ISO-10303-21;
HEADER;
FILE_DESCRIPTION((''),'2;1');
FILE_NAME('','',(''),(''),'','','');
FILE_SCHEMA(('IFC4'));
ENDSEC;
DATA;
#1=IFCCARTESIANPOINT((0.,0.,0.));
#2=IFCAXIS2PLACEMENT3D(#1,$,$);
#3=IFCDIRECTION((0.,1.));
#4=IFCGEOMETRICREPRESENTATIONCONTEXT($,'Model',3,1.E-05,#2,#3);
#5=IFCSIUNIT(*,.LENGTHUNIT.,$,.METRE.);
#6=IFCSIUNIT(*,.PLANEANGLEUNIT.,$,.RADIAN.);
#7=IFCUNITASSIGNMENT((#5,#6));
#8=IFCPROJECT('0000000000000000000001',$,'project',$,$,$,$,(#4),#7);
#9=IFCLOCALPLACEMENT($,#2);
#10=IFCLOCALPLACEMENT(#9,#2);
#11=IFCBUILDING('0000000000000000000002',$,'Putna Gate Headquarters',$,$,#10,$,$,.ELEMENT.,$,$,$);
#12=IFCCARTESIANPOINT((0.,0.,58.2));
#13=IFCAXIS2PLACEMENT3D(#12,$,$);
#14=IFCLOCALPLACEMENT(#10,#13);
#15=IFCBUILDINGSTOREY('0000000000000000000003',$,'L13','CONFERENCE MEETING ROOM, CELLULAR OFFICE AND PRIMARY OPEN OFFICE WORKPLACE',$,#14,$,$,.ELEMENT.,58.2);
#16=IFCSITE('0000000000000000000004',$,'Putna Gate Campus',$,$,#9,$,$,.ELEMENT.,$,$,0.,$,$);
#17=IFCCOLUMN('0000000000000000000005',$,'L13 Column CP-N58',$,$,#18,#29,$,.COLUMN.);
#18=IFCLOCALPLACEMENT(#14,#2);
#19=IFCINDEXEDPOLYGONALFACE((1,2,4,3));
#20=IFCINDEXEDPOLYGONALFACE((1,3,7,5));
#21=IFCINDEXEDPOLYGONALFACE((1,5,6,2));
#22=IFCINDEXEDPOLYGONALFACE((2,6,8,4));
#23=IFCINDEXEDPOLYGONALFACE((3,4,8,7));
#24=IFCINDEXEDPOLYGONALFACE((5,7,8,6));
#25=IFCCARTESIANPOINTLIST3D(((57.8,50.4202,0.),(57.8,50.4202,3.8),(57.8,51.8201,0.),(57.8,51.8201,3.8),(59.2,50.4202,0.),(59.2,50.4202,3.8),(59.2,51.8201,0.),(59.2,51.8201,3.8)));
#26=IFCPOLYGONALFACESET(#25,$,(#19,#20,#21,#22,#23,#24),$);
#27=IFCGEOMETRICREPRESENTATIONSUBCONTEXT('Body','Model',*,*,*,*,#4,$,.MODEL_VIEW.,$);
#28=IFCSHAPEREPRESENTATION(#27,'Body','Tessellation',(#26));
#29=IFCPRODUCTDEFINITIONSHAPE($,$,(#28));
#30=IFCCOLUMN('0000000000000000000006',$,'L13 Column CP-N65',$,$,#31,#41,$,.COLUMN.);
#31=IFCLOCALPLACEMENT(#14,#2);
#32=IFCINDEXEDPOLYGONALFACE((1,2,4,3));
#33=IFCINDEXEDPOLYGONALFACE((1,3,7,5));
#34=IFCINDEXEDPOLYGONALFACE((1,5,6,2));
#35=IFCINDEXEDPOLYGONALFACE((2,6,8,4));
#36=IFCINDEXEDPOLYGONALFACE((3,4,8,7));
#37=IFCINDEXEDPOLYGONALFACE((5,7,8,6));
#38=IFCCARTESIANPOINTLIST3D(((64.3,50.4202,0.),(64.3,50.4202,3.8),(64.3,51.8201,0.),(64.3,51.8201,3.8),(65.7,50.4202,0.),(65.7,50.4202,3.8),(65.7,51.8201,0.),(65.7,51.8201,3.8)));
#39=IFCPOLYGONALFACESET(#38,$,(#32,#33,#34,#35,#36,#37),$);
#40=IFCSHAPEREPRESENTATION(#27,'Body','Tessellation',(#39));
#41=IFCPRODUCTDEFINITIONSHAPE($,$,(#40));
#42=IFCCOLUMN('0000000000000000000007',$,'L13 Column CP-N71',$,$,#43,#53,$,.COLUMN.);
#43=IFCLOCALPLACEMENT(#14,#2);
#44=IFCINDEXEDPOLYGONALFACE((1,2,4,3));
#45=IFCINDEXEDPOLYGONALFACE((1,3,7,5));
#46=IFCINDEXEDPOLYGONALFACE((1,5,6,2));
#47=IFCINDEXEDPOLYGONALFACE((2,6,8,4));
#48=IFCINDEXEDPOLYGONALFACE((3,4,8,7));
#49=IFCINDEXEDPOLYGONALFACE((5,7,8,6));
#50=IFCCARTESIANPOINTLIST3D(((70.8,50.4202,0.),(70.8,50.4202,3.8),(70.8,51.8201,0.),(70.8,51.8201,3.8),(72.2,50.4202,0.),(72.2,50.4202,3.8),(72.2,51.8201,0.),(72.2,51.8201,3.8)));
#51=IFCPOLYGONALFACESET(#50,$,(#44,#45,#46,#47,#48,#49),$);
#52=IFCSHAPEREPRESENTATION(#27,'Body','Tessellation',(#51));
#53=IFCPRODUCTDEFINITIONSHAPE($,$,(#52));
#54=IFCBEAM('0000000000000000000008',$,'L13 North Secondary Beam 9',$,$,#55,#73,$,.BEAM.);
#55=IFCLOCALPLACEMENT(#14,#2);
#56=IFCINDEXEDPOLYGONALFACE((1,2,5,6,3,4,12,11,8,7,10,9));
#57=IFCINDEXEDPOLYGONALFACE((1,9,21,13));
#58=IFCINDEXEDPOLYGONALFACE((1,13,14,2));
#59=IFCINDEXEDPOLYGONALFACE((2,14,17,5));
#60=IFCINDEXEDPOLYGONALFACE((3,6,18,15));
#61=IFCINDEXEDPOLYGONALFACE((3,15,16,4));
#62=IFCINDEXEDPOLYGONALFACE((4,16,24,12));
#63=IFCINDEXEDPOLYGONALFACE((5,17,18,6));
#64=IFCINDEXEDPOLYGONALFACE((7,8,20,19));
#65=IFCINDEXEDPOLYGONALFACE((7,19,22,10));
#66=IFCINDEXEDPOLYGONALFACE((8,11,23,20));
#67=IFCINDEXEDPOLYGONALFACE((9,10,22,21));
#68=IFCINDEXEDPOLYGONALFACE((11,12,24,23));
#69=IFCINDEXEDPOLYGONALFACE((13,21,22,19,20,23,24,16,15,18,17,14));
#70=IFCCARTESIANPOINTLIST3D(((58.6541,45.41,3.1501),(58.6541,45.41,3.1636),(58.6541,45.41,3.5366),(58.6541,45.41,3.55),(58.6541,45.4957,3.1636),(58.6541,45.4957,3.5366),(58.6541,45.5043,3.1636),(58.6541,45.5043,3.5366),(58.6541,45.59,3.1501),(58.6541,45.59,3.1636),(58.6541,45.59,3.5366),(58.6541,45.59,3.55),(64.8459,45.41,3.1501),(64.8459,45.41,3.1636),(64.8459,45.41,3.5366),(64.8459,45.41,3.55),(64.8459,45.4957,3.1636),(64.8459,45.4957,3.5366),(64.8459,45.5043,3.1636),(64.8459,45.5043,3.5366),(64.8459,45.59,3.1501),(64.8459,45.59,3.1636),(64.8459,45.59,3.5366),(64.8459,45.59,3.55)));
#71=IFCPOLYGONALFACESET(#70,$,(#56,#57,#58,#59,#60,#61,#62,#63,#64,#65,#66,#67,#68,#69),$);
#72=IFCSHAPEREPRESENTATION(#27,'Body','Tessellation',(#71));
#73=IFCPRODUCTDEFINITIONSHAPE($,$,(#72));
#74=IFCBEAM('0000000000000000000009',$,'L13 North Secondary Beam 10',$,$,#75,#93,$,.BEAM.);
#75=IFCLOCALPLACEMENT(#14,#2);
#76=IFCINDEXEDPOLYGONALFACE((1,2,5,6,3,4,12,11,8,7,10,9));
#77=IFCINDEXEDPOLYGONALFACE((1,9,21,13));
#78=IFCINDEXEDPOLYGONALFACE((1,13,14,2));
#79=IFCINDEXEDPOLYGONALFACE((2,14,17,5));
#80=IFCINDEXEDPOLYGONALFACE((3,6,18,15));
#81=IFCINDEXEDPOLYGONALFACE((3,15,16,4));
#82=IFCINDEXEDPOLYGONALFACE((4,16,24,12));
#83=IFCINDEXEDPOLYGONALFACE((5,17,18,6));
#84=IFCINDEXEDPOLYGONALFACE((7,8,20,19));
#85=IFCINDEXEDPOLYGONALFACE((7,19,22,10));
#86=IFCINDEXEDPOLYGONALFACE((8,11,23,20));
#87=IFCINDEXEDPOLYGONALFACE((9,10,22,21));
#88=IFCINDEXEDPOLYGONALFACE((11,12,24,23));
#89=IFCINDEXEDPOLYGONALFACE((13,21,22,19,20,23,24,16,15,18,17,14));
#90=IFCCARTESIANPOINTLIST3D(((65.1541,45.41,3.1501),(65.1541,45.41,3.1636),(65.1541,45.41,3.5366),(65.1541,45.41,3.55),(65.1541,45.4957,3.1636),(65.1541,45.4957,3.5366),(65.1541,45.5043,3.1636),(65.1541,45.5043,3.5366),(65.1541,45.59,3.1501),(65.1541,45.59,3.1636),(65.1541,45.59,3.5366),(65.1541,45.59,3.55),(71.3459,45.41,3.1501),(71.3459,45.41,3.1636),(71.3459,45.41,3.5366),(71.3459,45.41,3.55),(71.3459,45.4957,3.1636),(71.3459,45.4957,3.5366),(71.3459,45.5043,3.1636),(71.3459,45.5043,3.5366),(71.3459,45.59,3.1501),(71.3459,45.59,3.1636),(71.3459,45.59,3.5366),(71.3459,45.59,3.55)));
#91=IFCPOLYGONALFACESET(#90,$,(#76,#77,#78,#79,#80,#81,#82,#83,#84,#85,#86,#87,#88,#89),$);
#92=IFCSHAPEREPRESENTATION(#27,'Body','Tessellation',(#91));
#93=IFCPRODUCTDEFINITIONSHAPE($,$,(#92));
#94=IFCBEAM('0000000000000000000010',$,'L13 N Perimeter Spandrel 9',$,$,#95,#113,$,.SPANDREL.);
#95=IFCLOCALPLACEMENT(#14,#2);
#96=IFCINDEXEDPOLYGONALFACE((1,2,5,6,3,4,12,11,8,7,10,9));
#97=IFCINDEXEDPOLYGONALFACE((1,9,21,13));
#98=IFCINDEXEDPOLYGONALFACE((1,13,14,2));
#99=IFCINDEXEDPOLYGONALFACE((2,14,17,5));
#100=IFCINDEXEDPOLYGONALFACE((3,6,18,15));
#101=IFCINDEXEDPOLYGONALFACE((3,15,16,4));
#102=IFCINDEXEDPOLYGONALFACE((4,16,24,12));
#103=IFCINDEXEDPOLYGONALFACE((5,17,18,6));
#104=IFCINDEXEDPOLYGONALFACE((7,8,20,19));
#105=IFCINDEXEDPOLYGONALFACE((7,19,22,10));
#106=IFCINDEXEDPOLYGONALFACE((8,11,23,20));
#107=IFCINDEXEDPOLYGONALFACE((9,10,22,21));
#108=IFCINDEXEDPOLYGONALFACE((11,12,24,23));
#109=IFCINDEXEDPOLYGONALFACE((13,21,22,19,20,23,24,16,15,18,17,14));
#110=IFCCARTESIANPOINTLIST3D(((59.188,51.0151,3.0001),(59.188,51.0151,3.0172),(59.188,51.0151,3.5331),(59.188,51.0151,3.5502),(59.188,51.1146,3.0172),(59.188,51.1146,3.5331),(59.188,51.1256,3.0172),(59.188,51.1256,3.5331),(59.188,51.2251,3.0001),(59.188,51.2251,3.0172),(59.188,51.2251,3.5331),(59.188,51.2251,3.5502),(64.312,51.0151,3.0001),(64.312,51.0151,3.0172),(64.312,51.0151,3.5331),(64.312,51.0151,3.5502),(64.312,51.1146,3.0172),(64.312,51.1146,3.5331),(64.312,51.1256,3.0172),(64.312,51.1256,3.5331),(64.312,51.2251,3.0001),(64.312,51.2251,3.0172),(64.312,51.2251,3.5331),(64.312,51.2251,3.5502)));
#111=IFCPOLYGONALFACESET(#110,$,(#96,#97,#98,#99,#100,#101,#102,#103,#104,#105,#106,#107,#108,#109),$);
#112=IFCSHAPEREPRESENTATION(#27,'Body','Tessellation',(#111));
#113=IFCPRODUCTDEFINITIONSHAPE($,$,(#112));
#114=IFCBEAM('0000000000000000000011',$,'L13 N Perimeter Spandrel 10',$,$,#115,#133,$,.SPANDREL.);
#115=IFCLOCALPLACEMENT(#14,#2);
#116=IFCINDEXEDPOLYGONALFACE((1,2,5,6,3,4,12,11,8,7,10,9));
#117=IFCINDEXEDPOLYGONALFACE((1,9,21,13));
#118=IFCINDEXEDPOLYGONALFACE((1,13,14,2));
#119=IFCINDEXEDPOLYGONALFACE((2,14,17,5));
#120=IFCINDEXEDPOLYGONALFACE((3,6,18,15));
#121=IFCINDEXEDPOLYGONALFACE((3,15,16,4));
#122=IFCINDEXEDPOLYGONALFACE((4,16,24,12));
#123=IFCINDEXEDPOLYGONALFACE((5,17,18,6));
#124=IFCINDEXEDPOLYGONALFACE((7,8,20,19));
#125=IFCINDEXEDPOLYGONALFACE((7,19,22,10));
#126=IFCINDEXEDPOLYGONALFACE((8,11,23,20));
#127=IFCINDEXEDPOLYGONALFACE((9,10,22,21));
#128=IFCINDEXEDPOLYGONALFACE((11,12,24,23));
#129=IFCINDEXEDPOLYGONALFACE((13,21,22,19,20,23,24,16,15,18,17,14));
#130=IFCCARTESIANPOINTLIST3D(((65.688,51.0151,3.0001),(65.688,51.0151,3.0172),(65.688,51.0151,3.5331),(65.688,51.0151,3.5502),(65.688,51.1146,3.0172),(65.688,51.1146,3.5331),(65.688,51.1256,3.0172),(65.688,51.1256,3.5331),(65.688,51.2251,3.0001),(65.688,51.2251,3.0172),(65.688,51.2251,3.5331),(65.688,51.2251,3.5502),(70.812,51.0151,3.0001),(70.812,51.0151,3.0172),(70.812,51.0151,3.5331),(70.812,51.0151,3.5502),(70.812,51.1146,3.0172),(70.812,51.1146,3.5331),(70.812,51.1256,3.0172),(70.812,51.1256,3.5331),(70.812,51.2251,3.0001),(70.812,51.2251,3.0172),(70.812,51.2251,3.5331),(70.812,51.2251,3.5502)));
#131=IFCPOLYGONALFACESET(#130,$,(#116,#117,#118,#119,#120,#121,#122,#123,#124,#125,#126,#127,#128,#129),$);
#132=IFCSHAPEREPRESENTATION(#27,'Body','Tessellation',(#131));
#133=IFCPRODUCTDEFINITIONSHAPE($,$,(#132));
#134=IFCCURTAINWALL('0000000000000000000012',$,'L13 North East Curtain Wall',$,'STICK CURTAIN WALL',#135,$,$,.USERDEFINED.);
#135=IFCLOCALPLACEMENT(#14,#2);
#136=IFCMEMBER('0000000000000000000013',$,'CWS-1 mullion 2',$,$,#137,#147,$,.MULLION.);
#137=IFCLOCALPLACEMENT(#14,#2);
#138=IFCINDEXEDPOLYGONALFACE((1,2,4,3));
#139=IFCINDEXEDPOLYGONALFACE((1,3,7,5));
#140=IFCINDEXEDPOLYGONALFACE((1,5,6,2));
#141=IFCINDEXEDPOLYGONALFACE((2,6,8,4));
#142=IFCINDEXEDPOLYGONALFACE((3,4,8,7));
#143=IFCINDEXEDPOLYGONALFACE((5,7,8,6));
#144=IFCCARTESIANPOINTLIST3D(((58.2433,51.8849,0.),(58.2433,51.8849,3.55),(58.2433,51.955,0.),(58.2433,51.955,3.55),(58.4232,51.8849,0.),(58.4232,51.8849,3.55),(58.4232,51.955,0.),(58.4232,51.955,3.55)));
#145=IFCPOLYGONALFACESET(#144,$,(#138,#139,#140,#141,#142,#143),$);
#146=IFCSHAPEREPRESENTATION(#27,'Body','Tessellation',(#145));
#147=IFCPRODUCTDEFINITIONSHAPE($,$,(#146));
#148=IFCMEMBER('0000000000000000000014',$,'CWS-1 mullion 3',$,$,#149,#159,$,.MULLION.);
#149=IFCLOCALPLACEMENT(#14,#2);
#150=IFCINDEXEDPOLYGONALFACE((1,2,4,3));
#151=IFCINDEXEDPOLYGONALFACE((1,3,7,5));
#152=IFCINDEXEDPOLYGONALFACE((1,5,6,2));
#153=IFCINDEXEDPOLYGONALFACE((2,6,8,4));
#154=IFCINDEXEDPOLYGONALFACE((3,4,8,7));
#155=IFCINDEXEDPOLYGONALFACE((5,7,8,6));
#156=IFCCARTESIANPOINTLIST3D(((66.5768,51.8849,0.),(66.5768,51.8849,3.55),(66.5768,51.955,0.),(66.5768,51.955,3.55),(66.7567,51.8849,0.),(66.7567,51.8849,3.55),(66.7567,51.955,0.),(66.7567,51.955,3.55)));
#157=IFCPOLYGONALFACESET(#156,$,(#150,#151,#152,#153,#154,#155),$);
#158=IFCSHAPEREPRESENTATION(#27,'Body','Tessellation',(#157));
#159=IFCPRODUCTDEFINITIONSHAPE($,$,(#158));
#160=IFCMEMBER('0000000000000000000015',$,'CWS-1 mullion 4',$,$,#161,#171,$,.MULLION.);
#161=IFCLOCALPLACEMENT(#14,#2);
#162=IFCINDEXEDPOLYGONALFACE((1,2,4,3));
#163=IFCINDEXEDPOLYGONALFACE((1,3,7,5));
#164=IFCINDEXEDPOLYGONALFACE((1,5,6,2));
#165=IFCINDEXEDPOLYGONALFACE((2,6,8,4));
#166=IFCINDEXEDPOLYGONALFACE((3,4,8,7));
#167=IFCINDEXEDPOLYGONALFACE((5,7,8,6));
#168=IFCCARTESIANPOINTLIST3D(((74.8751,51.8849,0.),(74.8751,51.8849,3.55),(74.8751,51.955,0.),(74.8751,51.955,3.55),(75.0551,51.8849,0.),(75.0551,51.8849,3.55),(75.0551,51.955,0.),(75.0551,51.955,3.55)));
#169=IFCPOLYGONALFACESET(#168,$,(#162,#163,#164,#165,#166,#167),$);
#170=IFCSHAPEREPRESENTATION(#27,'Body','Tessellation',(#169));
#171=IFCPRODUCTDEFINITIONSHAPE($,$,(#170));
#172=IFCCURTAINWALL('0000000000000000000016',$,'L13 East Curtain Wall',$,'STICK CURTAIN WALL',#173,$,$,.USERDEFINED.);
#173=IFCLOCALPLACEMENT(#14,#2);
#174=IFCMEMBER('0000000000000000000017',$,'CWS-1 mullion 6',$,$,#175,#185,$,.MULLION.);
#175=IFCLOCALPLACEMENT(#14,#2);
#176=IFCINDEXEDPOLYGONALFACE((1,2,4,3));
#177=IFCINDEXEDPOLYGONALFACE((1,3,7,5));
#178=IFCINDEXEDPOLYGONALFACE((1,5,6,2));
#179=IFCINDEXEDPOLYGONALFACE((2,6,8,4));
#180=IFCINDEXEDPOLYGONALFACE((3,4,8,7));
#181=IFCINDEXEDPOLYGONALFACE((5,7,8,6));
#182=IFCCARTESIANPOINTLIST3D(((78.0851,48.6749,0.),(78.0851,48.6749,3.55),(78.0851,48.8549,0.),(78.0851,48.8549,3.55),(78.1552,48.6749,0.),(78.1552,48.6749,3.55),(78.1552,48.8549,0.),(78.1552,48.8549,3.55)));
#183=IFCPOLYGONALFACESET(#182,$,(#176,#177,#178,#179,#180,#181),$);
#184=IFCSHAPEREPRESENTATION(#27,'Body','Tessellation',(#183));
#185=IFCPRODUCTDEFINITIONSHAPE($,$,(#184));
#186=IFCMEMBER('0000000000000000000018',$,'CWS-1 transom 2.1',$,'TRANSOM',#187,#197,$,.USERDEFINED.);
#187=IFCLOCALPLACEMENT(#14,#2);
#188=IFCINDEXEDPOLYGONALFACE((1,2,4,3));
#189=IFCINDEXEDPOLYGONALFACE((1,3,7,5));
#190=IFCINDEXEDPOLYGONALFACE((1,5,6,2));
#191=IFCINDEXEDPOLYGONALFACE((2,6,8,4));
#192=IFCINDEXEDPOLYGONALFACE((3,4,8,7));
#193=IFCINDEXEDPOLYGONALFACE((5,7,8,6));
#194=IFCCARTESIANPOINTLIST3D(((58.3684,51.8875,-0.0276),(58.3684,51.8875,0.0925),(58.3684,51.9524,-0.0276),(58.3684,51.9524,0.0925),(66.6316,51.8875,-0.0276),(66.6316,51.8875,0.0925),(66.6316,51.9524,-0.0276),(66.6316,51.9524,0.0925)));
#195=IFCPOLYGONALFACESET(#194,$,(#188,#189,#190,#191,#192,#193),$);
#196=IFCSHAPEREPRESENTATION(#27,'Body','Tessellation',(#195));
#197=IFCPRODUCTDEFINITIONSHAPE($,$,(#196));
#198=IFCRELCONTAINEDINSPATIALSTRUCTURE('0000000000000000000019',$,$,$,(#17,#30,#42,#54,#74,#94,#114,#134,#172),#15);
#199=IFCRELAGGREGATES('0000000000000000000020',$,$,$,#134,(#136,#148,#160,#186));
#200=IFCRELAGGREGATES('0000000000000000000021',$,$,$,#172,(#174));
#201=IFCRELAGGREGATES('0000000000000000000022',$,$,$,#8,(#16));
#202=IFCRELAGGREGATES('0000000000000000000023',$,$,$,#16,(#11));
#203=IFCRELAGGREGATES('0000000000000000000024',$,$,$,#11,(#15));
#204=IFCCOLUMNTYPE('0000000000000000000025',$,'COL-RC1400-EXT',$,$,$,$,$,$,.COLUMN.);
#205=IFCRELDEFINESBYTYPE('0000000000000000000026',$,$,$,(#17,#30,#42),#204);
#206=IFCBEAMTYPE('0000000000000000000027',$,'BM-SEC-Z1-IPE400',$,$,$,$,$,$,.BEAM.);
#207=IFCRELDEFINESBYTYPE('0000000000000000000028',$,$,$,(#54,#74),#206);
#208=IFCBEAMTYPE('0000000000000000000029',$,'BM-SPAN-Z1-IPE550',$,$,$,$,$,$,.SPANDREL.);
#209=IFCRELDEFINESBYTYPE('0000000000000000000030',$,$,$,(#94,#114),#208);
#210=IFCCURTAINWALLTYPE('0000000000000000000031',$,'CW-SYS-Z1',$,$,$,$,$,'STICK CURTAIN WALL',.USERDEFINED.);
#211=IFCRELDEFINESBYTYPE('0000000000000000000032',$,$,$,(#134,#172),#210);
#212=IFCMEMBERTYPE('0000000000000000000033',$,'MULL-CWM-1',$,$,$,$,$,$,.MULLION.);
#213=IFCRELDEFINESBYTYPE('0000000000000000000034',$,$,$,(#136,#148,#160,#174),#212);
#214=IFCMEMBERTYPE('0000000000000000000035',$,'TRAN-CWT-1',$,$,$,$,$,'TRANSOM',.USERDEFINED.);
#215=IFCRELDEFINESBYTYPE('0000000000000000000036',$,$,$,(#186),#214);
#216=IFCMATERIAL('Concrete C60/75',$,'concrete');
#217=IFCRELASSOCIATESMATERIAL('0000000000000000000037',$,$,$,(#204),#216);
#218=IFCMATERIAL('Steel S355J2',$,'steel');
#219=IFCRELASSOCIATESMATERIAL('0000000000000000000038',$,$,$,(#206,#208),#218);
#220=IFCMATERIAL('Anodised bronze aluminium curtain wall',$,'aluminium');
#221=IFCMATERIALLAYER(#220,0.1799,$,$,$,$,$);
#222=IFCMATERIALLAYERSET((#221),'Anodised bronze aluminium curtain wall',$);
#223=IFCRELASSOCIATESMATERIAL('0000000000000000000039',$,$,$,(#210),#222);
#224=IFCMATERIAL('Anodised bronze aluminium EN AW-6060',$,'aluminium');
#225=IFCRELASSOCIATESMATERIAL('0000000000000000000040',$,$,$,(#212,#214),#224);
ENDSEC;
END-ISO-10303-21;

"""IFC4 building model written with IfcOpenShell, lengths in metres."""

from ifc_helpers import new_model, si_unit, direction, frame, origin, origin_2d, place, context, subcontext, project, spatial, rectangle, i_section, extrude, material, layer, layer_set, material_profile, profile_set, type_object, element, aggregate, save


model = new_model("IFC4")

# Units and contexts
model_context = context("Model", 3, precision=1e-05, world=origin(), true_north=direction((0.0, 1.0)))
body_context = subcontext(model_context, "Body", "Model", "MODEL_VIEW")
ifc_project = project(units=[si_unit("LENGTHUNIT", "METRE"), si_unit("PLANEANGLEUNIT", "RADIAN")], contexts=[model_context])

# Site, building, storey
site_placement = place(None, origin())
site = spatial("IfcSite", under=ifc_project, at=site_placement, Name="Putna Gate Campus", CompositionType="ELEMENT", RefElevation=0.0)
building_placement = place(site_placement, origin())
building = spatial("IfcBuilding", under=site, at=building_placement, Name="Putna Gate Headquarters", CompositionType="ELEMENT")
storey_placement = place(building_placement, frame((0.0, 0.0, 58.2)))
storey = spatial("IfcBuildingStorey", under=building, at=storey_placement, Name="L13", Description="CONFERENCE MEETING ROOM, CELLULAR OFFICE AND PRIMARY OPEN OFFICE WORKPLACE", CompositionType="ELEMENT", Elevation=58.2)

# Columns
ifc_material_1 = material(Name="Concrete C60/75", Category="concrete")
ifc_material_profile_1 = material_profile(ifc_material_1, rectangle(XDim=1.3999, YDim=1.3999, at=origin_2d()), Name="Concrete C60/75")
ifc_profile_set_1 = profile_set([ifc_material_profile_1], Name="Concrete C60/75")
column_type = type_object("IfcColumnType", Name="COL-RC1400-EXT", PredefinedType="COLUMN", material=ifc_profile_set_1)
for number, where, z_axis, x_axis, name in (
    (1, (58.5, 51.1201, 0.0), (0.0, 0.0, 1.0), (1.0, 0.0, 0.0), "L13 Column CP-N58"),
    (2, (65.0, 51.1201, 0.0), (0.0, 0.0, 1.0), (1.0, 0.0, 0.0), "L13 Column CP-N65"),
    (3, (71.5, 51.1201, 0.0), (0.0, 0.0, 1.0), (1.0, 0.0, 0.0), "L13 Column CP-N71"),
):
    element("IfcColumn", number, at=place(storey_placement, frame(where, z_axis=z_axis, x_axis=x_axis)), inside=storey, type_object=column_type, Name=name, PredefinedType="COLUMN", context=body_context, shape_type="SweptSolid", body=[
        extrude(rectangle(XDim=1.3999, YDim=1.3999, at=origin_2d()), origin(), (0.0, 0.0, 1.0), 3.8),
    ])

# Beams
ifc_material_2 = material(Name="Steel S355J2", Category="steel")
ifc_material_profile_2 = material_profile(ifc_material_2, i_section(OverallWidth=0.1799, OverallDepth=0.3999, WebThickness=0.0085, FlangeThickness=0.0134, at=origin_2d()), Name="Steel S355J2")
ifc_profile_set_2 = profile_set([ifc_material_profile_2], Name="Steel S355J2")
beam_type_1 = type_object("IfcBeamType", Name="BM-SEC-Z1-IPE400", PredefinedType="BEAM", material=ifc_profile_set_2)
for number, where, z_axis, x_axis, name in (
    (4, (58.6541, 45.5, 3.3501), (1.0, 0.0, 0.0), (0.0, 1.0, 0.0), "L13 North Secondary Beam 9"),
    (5, (65.1541, 45.5, 3.3501), (1.0, 0.0, 0.0), (0.0, 1.0, 0.0), "L13 North Secondary Beam 10"),
):
    element("IfcBeam", number, at=place(storey_placement, frame(where, z_axis=z_axis, x_axis=x_axis)), inside=storey, type_object=beam_type_1, Name=name, PredefinedType="BEAM", context=body_context, shape_type="SweptSolid", body=[
        extrude(i_section(OverallWidth=0.1799, OverallDepth=0.3999, WebThickness=0.0085, FlangeThickness=0.0134, at=origin_2d()), origin(), (0.0, 0.0, 1.0), 6.1919),
    ])
ifc_material_profile_3 = material_profile(ifc_material_2, i_section(OverallWidth=0.21, OverallDepth=0.55, WebThickness=0.011, FlangeThickness=0.0171, at=origin_2d()), Name="Steel S355J2")
ifc_profile_set_3 = profile_set([ifc_material_profile_3], Name="Steel S355J2")
beam_type_2 = type_object("IfcBeamType", Name="BM-SPAN-Z1-IPE550", PredefinedType="SPANDREL", material=ifc_profile_set_3)
for number, where, z_axis, x_axis, name in (
    (6, (59.188, 51.1201, 3.2751), (1.0, 0.0, 0.0), (0.0, 1.0, 0.0), "L13 N Perimeter Spandrel 9"),
    (7, (65.688, 51.1201, 3.2751), (1.0, 0.0, 0.0), (0.0, 1.0, 0.0), "L13 N Perimeter Spandrel 10"),
):
    element("IfcBeam", number, at=place(storey_placement, frame(where, z_axis=z_axis, x_axis=x_axis)), inside=storey, type_object=beam_type_2, Name=name, PredefinedType="SPANDREL", context=body_context, shape_type="SweptSolid", body=[
        extrude(i_section(OverallWidth=0.21, OverallDepth=0.55, WebThickness=0.011, FlangeThickness=0.0171, at=origin_2d()), origin(), (0.0, 0.0, 1.0), 5.124),
    ])

# Curtain wall, members
ifc_material_3 = material(Name="Anodised bronze aluminium curtain wall", Category="aluminium")
ifc_layer_1 = layer(ifc_material_3, 0.1799)
ifc_layer_set_1 = layer_set([ifc_layer_1], Name="Anodised bronze aluminium curtain wall")
curtain_wall_type = type_object("IfcCurtainWallType", Name="CW-SYS-Z1", ElementType="STICK CURTAIN WALL", PredefinedType="USERDEFINED", material=ifc_layer_set_1)
curtain_wall_1_placement = place(storey_placement, origin())
curtain_wall_1 = element("IfcCurtainWall", 8, at=curtain_wall_1_placement, inside=storey, type_object=curtain_wall_type, Name="L13 North East Curtain Wall", ObjectType="STICK CURTAIN WALL", PredefinedType="USERDEFINED")
ifc_material_4 = material(Name="Anodised bronze aluminium EN AW-6060", Category="aluminium")
ifc_material_profile_4 = material_profile(ifc_material_4, rectangle(XDim=0.0701, YDim=0.1799, at=origin_2d()), Name="Anodised bronze aluminium EN AW-6060")
ifc_profile_set_4 = profile_set([ifc_material_profile_4], Name="Anodised bronze aluminium EN AW-6060")
member_type_1 = type_object("IfcMemberType", Name="MULL-CWM-1", PredefinedType="MULLION", material=ifc_profile_set_4)
member_1_placement = place(storey_placement, frame((58.3333, 51.9199, 0.0), z_axis=(0.0, 0.0, 1.0), x_axis=(0.0, 1.0, 0.0)))
member_1 = element("IfcMember", 9, at=member_1_placement, type_object=member_type_1, Name="CWS-1 mullion 2", PredefinedType="MULLION", context=body_context, shape_type="SweptSolid", body=[
    extrude(rectangle(XDim=0.0701, YDim=0.1799, at=origin_2d()), origin(), (0.0, 0.0, 1.0), 3.55),
])
member_2_placement = place(storey_placement, frame((66.6667, 51.9199, 0.0), z_axis=(0.0, 0.0, 1.0), x_axis=(0.0, 1.0, 0.0)))
member_2 = element("IfcMember", 10, at=member_2_placement, type_object=member_type_1, Name="CWS-1 mullion 3", PredefinedType="MULLION", context=body_context, shape_type="SweptSolid", body=[
    extrude(rectangle(XDim=0.0701, YDim=0.1799, at=origin_2d()), origin(), (0.0, 0.0, 1.0), 3.55),
])
member_3_placement = place(storey_placement, frame((74.9651, 51.9199, 0.0), z_axis=(0.0, 0.0, 1.0), x_axis=(0.0, 1.0, 0.0)))
member_3 = element("IfcMember", 11, at=member_3_placement, type_object=member_type_1, Name="CWS-1 mullion 4", PredefinedType="MULLION", context=body_context, shape_type="SweptSolid", body=[
    extrude(rectangle(XDim=0.0701, YDim=0.1799, at=origin_2d()), origin(), (0.0, 0.0, 1.0), 3.55),
])

# Curtain wall, member
curtain_wall_2_placement = place(storey_placement, origin())
curtain_wall_2 = element("IfcCurtainWall", 12, at=curtain_wall_2_placement, inside=storey, type_object=curtain_wall_type, Name="L13 East Curtain Wall", ObjectType="STICK CURTAIN WALL", PredefinedType="USERDEFINED")
member_4_placement = place(storey_placement, frame((78.1201, 48.7649, 0.0), z_axis=(0.0, 0.0, 1.0), x_axis=(-1.0, 0.0, 0.0)))
member_4 = element("IfcMember", 13, at=member_4_placement, type_object=member_type_1, Name="CWS-1 mullion 6", PredefinedType="MULLION", context=body_context, shape_type="SweptSolid", body=[
    extrude(rectangle(XDim=0.0701, YDim=0.1799, at=origin_2d()), origin(), (0.0, 0.0, 1.0), 3.55),
])

# Member
ifc_material_profile_5 = material_profile(ifc_material_4, rectangle(XDim=0.0649, YDim=0.1201, at=origin_2d()), Name="Anodised bronze aluminium EN AW-6060")
ifc_profile_set_5 = profile_set([ifc_material_profile_5], Name="Anodised bronze aluminium EN AW-6060")
member_type_2 = type_object("IfcMemberType", Name="TRAN-CWT-1", ElementType="TRANSOM", PredefinedType="USERDEFINED", material=ifc_profile_set_5)
member_5_placement = place(storey_placement, frame((58.3684, 51.9199, 0.0325), z_axis=(1.0, 0.0, 0.0), x_axis=(0.0, 1.0, 0.0)))
member_5 = element("IfcMember", 14, at=member_5_placement, type_object=member_type_2, Name="CWS-1 transom 2.1", ObjectType="TRANSOM", PredefinedType="USERDEFINED", context=body_context, shape_type="SweptSolid", body=[
    extrude(rectangle(XDim=0.0649, YDim=0.1201, at=origin_2d()), origin(), (0.0, 0.0, 1.0), 8.2632),
])

aggregate(curtain_wall_1, [member_1, member_2, member_3, member_5])
aggregate(curtain_wall_2, [member_4])

save(model, "model.ifc")
